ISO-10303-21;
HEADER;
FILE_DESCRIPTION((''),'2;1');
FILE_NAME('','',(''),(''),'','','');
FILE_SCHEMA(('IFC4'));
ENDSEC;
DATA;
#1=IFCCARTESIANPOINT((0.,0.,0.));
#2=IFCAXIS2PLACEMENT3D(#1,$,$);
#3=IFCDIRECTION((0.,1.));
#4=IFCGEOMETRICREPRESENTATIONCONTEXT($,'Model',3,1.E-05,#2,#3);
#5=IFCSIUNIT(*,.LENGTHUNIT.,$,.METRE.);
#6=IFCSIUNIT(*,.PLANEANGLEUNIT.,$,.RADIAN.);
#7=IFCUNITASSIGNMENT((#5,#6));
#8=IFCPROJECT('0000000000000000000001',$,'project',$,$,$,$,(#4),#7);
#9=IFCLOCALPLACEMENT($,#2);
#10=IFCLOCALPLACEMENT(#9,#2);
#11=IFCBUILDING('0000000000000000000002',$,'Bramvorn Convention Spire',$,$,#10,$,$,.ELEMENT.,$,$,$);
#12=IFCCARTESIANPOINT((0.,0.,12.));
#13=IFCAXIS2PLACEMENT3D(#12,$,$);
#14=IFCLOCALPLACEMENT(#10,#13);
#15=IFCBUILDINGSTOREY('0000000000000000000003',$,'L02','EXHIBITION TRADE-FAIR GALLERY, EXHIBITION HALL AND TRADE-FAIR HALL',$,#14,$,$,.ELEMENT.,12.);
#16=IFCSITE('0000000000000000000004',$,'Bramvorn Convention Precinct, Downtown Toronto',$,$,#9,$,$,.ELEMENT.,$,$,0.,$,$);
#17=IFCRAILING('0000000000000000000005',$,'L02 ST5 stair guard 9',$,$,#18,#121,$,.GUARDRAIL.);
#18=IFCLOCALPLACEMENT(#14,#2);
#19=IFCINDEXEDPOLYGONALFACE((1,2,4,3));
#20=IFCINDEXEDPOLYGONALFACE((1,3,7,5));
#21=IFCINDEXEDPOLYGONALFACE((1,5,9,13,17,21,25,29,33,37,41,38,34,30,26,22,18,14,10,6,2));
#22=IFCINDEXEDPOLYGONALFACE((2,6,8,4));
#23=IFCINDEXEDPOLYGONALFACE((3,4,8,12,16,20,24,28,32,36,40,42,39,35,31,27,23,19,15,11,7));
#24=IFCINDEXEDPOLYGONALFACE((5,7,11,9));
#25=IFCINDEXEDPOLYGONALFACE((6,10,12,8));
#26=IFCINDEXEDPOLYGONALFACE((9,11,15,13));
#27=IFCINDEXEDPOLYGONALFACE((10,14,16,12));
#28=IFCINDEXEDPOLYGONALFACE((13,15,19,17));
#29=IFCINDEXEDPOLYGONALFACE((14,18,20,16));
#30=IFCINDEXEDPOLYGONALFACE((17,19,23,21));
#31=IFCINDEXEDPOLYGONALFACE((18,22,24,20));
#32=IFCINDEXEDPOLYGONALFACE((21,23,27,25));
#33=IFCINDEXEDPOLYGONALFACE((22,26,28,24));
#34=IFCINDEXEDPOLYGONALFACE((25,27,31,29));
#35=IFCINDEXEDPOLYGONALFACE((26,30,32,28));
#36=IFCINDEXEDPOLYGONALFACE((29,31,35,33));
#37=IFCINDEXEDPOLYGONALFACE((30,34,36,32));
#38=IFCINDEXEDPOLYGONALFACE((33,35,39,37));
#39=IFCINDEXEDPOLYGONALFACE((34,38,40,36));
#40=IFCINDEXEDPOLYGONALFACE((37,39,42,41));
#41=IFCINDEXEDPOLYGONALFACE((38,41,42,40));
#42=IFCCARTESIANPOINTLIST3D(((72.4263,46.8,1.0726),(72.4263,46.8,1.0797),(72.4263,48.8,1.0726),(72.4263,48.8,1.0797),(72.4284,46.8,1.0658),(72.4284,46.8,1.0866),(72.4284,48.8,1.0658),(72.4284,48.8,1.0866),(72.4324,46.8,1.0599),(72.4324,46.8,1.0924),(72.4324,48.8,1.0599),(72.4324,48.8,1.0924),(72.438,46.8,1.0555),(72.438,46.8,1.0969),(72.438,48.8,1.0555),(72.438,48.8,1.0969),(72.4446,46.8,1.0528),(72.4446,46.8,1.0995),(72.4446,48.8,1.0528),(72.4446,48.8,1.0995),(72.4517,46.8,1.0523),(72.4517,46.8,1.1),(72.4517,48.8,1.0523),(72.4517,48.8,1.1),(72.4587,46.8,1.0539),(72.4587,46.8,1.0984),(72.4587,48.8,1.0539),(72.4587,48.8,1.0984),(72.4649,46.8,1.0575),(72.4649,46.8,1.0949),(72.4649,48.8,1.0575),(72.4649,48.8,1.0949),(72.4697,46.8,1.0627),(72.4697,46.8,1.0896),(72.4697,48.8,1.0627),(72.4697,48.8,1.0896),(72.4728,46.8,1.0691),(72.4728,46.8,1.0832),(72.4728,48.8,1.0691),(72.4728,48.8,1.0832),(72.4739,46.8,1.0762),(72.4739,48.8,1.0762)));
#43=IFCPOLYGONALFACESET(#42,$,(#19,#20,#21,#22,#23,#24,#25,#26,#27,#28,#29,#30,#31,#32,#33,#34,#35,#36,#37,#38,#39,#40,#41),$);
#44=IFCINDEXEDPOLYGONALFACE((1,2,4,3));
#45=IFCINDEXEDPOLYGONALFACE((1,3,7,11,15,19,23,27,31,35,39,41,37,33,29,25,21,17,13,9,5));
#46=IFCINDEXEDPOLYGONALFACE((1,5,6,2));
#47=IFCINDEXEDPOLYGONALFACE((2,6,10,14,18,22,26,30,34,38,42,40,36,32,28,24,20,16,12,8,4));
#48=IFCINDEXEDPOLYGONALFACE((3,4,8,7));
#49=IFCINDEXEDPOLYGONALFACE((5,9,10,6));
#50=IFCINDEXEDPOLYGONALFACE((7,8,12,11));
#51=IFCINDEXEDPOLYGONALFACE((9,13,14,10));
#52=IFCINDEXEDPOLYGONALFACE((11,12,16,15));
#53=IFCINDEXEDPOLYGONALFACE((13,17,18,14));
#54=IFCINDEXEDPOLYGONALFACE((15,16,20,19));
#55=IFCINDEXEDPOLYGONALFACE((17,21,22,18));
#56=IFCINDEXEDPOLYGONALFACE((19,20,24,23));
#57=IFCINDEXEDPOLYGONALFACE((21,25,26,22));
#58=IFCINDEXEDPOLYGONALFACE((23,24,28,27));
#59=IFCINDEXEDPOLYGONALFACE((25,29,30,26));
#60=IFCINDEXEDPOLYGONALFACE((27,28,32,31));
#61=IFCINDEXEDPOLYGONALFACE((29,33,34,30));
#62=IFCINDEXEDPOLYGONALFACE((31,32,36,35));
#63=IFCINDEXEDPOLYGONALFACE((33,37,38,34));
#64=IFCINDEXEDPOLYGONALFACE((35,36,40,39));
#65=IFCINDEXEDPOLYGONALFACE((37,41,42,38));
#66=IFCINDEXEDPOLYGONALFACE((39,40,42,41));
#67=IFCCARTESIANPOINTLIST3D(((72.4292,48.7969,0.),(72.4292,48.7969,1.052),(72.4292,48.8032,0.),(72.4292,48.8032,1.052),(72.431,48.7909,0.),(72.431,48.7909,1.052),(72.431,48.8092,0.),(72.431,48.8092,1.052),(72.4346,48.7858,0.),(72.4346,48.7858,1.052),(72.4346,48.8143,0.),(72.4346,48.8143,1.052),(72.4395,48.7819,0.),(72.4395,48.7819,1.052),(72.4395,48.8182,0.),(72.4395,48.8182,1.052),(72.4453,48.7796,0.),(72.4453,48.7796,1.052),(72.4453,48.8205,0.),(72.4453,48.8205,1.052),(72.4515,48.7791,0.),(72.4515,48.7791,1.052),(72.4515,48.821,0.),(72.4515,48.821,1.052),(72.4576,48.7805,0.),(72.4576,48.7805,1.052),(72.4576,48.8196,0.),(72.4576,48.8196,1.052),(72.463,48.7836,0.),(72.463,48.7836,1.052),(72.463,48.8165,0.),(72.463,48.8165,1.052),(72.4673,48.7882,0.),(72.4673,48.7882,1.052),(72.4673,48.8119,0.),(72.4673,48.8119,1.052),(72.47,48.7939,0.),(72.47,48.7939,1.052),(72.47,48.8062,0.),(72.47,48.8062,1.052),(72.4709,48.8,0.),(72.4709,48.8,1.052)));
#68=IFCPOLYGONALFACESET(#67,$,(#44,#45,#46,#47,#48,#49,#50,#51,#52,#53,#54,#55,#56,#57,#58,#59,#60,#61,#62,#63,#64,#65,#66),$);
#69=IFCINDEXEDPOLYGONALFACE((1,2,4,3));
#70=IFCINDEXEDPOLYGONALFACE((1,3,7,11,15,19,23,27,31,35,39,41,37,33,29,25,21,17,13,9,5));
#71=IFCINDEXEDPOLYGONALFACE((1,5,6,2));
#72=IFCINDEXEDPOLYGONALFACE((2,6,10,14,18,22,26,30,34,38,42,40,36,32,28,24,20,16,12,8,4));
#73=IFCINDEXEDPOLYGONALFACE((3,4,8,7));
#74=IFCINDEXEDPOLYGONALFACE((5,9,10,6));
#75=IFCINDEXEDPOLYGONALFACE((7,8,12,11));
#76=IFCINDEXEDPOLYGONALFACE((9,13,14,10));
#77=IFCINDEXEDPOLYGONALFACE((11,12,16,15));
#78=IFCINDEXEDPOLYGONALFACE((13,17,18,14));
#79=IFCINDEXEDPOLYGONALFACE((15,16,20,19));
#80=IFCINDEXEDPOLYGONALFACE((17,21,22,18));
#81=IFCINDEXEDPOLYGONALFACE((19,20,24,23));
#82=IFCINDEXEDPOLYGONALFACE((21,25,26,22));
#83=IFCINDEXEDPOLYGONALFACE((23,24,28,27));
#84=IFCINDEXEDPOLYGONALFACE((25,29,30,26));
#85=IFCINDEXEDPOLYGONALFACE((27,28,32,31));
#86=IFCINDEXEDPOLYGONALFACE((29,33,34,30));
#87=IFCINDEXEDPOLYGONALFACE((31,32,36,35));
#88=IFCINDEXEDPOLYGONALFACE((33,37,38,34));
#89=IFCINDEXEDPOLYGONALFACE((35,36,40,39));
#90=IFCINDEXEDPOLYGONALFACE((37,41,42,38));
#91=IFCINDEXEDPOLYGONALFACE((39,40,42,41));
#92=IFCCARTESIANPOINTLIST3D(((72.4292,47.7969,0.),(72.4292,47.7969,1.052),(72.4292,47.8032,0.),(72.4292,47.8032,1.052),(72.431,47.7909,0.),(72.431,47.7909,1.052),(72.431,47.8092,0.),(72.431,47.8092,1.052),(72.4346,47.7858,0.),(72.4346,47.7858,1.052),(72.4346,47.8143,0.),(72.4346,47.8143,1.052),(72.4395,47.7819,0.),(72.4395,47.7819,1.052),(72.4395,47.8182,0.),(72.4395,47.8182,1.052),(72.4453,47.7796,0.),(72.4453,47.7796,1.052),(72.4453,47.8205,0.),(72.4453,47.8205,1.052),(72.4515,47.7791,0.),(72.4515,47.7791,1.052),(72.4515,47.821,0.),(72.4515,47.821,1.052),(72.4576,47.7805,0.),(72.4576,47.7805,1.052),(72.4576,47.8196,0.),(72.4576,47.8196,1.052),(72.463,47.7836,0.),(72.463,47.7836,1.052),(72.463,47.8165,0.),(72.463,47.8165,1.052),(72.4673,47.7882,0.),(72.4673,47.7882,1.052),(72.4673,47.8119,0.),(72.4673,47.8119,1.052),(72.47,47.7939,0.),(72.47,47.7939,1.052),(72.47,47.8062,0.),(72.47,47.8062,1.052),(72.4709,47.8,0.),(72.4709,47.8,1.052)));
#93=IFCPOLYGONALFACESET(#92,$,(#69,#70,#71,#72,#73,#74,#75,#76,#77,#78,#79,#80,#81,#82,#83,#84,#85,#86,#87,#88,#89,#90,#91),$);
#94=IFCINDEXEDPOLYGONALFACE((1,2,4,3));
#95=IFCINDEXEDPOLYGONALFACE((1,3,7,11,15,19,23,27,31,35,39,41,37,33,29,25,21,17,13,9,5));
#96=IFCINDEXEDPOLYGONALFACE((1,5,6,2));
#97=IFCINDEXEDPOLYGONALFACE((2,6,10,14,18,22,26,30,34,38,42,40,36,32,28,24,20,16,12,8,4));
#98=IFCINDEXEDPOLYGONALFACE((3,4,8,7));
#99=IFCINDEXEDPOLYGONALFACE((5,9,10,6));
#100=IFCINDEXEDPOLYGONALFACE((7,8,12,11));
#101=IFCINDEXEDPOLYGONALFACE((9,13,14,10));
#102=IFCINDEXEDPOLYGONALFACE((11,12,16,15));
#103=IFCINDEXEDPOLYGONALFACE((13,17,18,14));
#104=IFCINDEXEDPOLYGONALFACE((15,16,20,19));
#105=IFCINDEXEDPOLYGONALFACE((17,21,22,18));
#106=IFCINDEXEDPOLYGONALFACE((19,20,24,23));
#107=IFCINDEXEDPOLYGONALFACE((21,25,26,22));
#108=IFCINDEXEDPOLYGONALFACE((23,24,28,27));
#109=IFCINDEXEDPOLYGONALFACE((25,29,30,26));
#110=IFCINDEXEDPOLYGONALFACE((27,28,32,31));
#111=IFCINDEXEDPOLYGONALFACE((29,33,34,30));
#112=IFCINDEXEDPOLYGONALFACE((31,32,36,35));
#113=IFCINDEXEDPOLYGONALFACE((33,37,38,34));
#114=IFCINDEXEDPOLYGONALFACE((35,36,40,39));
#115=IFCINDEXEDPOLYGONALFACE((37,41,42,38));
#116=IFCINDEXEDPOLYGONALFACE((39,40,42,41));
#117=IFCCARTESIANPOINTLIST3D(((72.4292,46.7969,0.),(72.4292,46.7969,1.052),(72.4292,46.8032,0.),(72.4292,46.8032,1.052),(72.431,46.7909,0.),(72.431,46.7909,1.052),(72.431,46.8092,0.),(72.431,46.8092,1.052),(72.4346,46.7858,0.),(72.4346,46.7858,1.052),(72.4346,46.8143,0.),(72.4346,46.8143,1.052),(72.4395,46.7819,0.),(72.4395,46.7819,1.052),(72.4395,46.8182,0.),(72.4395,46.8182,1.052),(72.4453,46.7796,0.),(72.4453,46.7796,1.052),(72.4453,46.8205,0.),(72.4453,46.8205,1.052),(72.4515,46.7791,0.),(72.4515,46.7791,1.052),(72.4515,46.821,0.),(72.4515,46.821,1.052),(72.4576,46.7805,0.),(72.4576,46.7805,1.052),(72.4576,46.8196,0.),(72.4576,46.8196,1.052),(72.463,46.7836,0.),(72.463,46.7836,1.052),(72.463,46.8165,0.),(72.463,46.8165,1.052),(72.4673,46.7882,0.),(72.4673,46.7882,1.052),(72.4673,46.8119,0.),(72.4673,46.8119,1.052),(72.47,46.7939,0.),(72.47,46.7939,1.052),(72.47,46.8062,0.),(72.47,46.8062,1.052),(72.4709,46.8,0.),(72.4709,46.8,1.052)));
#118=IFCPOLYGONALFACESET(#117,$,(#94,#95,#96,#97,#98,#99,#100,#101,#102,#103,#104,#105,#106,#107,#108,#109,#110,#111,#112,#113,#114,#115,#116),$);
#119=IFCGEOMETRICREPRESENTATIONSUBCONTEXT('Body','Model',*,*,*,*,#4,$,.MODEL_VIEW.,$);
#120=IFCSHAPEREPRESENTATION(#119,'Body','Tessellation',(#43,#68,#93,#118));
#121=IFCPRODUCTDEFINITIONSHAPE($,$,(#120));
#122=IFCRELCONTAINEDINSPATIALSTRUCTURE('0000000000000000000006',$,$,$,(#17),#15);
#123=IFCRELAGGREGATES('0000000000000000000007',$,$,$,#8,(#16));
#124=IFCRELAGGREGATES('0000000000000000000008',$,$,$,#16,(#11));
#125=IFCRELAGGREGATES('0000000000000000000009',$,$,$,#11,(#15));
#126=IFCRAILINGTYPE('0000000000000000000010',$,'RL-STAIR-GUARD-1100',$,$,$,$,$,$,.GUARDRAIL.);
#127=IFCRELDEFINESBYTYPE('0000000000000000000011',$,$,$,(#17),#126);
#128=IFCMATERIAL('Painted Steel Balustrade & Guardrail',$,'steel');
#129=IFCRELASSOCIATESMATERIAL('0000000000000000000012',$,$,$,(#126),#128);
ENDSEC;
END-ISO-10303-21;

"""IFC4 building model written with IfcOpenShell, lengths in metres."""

from ifc_helpers import new_model, si_unit, direction, frame, origin, origin_2d, place, context, subcontext, project, spatial, circle, extrude, material, type_object, element, save


model = new_model("IFC4")

# Units and contexts
model_context = context("Model", 3, precision=1e-05, world=origin(), true_north=direction((0.0, 1.0)))
body_context = subcontext(model_context, "Body", "Model", "MODEL_VIEW")
ifc_project = project(units=[si_unit("LENGTHUNIT", "METRE"), si_unit("PLANEANGLEUNIT", "RADIAN")], contexts=[model_context])

# Site, building, storey
site_placement = place(None, origin())
site = spatial("IfcSite", under=ifc_project, at=site_placement, Name="Bramvorn Convention Precinct, Downtown Toronto", CompositionType="ELEMENT", RefElevation=0.0)
building_placement = place(site_placement, origin())
building = spatial("IfcBuilding", under=site, at=building_placement, Name="Bramvorn Convention Spire", CompositionType="ELEMENT")
storey_placement = place(building_placement, frame((0.0, 0.0, 12.0)))
storey = spatial("IfcBuildingStorey", under=building, at=storey_placement, Name="L02", Description="EXHIBITION TRADE-FAIR GALLERY, EXHIBITION HALL AND TRADE-FAIR HALL", CompositionType="ELEMENT", Elevation=12.0)

# Railing
ifc_material_1 = material(Name="Painted Steel Balustrade & Guardrail", Category="steel")
railing_type_1 = type_object("IfcRailingType", Name="RL-STAIR-GUARD-1100", PredefinedType="GUARDRAIL", material=ifc_material_1)
for number, where, name in (
    (1, (72.45, 48.8, 0.0), "L02 ST5 stair guard 9"),
):
    element("IfcRailing", number, at=place(storey_placement, frame(where)), inside=storey, type_object=railing_type_1, Name=name, PredefinedType="GUARDRAIL", context=body_context, shape_type="SweptSolid", body=[
        extrude(circle(Radius=0.0239, at=origin_2d()), frame((0.0, 0.0, 1.0762), z_axis=(0.0, -1.0, 0.0), x_axis=(1.0, 0.0, 0.0)), (0.0, 0.0, 1.0), 2.0),
        extrude(circle(Radius=0.021, at=origin_2d()), origin(), (0.0, 0.0, 1.0), 1.052),
        extrude(circle(Radius=0.021, at=origin_2d()), frame((0.0, -1.0, 0.0)), (0.0, 0.0, 1.0), 1.052),
        extrude(circle(Radius=0.021, at=origin_2d()), frame((0.0, -2.0, 0.0)), (0.0, 0.0, 1.0), 1.052),
    ])

save(model, "model.ifc")
